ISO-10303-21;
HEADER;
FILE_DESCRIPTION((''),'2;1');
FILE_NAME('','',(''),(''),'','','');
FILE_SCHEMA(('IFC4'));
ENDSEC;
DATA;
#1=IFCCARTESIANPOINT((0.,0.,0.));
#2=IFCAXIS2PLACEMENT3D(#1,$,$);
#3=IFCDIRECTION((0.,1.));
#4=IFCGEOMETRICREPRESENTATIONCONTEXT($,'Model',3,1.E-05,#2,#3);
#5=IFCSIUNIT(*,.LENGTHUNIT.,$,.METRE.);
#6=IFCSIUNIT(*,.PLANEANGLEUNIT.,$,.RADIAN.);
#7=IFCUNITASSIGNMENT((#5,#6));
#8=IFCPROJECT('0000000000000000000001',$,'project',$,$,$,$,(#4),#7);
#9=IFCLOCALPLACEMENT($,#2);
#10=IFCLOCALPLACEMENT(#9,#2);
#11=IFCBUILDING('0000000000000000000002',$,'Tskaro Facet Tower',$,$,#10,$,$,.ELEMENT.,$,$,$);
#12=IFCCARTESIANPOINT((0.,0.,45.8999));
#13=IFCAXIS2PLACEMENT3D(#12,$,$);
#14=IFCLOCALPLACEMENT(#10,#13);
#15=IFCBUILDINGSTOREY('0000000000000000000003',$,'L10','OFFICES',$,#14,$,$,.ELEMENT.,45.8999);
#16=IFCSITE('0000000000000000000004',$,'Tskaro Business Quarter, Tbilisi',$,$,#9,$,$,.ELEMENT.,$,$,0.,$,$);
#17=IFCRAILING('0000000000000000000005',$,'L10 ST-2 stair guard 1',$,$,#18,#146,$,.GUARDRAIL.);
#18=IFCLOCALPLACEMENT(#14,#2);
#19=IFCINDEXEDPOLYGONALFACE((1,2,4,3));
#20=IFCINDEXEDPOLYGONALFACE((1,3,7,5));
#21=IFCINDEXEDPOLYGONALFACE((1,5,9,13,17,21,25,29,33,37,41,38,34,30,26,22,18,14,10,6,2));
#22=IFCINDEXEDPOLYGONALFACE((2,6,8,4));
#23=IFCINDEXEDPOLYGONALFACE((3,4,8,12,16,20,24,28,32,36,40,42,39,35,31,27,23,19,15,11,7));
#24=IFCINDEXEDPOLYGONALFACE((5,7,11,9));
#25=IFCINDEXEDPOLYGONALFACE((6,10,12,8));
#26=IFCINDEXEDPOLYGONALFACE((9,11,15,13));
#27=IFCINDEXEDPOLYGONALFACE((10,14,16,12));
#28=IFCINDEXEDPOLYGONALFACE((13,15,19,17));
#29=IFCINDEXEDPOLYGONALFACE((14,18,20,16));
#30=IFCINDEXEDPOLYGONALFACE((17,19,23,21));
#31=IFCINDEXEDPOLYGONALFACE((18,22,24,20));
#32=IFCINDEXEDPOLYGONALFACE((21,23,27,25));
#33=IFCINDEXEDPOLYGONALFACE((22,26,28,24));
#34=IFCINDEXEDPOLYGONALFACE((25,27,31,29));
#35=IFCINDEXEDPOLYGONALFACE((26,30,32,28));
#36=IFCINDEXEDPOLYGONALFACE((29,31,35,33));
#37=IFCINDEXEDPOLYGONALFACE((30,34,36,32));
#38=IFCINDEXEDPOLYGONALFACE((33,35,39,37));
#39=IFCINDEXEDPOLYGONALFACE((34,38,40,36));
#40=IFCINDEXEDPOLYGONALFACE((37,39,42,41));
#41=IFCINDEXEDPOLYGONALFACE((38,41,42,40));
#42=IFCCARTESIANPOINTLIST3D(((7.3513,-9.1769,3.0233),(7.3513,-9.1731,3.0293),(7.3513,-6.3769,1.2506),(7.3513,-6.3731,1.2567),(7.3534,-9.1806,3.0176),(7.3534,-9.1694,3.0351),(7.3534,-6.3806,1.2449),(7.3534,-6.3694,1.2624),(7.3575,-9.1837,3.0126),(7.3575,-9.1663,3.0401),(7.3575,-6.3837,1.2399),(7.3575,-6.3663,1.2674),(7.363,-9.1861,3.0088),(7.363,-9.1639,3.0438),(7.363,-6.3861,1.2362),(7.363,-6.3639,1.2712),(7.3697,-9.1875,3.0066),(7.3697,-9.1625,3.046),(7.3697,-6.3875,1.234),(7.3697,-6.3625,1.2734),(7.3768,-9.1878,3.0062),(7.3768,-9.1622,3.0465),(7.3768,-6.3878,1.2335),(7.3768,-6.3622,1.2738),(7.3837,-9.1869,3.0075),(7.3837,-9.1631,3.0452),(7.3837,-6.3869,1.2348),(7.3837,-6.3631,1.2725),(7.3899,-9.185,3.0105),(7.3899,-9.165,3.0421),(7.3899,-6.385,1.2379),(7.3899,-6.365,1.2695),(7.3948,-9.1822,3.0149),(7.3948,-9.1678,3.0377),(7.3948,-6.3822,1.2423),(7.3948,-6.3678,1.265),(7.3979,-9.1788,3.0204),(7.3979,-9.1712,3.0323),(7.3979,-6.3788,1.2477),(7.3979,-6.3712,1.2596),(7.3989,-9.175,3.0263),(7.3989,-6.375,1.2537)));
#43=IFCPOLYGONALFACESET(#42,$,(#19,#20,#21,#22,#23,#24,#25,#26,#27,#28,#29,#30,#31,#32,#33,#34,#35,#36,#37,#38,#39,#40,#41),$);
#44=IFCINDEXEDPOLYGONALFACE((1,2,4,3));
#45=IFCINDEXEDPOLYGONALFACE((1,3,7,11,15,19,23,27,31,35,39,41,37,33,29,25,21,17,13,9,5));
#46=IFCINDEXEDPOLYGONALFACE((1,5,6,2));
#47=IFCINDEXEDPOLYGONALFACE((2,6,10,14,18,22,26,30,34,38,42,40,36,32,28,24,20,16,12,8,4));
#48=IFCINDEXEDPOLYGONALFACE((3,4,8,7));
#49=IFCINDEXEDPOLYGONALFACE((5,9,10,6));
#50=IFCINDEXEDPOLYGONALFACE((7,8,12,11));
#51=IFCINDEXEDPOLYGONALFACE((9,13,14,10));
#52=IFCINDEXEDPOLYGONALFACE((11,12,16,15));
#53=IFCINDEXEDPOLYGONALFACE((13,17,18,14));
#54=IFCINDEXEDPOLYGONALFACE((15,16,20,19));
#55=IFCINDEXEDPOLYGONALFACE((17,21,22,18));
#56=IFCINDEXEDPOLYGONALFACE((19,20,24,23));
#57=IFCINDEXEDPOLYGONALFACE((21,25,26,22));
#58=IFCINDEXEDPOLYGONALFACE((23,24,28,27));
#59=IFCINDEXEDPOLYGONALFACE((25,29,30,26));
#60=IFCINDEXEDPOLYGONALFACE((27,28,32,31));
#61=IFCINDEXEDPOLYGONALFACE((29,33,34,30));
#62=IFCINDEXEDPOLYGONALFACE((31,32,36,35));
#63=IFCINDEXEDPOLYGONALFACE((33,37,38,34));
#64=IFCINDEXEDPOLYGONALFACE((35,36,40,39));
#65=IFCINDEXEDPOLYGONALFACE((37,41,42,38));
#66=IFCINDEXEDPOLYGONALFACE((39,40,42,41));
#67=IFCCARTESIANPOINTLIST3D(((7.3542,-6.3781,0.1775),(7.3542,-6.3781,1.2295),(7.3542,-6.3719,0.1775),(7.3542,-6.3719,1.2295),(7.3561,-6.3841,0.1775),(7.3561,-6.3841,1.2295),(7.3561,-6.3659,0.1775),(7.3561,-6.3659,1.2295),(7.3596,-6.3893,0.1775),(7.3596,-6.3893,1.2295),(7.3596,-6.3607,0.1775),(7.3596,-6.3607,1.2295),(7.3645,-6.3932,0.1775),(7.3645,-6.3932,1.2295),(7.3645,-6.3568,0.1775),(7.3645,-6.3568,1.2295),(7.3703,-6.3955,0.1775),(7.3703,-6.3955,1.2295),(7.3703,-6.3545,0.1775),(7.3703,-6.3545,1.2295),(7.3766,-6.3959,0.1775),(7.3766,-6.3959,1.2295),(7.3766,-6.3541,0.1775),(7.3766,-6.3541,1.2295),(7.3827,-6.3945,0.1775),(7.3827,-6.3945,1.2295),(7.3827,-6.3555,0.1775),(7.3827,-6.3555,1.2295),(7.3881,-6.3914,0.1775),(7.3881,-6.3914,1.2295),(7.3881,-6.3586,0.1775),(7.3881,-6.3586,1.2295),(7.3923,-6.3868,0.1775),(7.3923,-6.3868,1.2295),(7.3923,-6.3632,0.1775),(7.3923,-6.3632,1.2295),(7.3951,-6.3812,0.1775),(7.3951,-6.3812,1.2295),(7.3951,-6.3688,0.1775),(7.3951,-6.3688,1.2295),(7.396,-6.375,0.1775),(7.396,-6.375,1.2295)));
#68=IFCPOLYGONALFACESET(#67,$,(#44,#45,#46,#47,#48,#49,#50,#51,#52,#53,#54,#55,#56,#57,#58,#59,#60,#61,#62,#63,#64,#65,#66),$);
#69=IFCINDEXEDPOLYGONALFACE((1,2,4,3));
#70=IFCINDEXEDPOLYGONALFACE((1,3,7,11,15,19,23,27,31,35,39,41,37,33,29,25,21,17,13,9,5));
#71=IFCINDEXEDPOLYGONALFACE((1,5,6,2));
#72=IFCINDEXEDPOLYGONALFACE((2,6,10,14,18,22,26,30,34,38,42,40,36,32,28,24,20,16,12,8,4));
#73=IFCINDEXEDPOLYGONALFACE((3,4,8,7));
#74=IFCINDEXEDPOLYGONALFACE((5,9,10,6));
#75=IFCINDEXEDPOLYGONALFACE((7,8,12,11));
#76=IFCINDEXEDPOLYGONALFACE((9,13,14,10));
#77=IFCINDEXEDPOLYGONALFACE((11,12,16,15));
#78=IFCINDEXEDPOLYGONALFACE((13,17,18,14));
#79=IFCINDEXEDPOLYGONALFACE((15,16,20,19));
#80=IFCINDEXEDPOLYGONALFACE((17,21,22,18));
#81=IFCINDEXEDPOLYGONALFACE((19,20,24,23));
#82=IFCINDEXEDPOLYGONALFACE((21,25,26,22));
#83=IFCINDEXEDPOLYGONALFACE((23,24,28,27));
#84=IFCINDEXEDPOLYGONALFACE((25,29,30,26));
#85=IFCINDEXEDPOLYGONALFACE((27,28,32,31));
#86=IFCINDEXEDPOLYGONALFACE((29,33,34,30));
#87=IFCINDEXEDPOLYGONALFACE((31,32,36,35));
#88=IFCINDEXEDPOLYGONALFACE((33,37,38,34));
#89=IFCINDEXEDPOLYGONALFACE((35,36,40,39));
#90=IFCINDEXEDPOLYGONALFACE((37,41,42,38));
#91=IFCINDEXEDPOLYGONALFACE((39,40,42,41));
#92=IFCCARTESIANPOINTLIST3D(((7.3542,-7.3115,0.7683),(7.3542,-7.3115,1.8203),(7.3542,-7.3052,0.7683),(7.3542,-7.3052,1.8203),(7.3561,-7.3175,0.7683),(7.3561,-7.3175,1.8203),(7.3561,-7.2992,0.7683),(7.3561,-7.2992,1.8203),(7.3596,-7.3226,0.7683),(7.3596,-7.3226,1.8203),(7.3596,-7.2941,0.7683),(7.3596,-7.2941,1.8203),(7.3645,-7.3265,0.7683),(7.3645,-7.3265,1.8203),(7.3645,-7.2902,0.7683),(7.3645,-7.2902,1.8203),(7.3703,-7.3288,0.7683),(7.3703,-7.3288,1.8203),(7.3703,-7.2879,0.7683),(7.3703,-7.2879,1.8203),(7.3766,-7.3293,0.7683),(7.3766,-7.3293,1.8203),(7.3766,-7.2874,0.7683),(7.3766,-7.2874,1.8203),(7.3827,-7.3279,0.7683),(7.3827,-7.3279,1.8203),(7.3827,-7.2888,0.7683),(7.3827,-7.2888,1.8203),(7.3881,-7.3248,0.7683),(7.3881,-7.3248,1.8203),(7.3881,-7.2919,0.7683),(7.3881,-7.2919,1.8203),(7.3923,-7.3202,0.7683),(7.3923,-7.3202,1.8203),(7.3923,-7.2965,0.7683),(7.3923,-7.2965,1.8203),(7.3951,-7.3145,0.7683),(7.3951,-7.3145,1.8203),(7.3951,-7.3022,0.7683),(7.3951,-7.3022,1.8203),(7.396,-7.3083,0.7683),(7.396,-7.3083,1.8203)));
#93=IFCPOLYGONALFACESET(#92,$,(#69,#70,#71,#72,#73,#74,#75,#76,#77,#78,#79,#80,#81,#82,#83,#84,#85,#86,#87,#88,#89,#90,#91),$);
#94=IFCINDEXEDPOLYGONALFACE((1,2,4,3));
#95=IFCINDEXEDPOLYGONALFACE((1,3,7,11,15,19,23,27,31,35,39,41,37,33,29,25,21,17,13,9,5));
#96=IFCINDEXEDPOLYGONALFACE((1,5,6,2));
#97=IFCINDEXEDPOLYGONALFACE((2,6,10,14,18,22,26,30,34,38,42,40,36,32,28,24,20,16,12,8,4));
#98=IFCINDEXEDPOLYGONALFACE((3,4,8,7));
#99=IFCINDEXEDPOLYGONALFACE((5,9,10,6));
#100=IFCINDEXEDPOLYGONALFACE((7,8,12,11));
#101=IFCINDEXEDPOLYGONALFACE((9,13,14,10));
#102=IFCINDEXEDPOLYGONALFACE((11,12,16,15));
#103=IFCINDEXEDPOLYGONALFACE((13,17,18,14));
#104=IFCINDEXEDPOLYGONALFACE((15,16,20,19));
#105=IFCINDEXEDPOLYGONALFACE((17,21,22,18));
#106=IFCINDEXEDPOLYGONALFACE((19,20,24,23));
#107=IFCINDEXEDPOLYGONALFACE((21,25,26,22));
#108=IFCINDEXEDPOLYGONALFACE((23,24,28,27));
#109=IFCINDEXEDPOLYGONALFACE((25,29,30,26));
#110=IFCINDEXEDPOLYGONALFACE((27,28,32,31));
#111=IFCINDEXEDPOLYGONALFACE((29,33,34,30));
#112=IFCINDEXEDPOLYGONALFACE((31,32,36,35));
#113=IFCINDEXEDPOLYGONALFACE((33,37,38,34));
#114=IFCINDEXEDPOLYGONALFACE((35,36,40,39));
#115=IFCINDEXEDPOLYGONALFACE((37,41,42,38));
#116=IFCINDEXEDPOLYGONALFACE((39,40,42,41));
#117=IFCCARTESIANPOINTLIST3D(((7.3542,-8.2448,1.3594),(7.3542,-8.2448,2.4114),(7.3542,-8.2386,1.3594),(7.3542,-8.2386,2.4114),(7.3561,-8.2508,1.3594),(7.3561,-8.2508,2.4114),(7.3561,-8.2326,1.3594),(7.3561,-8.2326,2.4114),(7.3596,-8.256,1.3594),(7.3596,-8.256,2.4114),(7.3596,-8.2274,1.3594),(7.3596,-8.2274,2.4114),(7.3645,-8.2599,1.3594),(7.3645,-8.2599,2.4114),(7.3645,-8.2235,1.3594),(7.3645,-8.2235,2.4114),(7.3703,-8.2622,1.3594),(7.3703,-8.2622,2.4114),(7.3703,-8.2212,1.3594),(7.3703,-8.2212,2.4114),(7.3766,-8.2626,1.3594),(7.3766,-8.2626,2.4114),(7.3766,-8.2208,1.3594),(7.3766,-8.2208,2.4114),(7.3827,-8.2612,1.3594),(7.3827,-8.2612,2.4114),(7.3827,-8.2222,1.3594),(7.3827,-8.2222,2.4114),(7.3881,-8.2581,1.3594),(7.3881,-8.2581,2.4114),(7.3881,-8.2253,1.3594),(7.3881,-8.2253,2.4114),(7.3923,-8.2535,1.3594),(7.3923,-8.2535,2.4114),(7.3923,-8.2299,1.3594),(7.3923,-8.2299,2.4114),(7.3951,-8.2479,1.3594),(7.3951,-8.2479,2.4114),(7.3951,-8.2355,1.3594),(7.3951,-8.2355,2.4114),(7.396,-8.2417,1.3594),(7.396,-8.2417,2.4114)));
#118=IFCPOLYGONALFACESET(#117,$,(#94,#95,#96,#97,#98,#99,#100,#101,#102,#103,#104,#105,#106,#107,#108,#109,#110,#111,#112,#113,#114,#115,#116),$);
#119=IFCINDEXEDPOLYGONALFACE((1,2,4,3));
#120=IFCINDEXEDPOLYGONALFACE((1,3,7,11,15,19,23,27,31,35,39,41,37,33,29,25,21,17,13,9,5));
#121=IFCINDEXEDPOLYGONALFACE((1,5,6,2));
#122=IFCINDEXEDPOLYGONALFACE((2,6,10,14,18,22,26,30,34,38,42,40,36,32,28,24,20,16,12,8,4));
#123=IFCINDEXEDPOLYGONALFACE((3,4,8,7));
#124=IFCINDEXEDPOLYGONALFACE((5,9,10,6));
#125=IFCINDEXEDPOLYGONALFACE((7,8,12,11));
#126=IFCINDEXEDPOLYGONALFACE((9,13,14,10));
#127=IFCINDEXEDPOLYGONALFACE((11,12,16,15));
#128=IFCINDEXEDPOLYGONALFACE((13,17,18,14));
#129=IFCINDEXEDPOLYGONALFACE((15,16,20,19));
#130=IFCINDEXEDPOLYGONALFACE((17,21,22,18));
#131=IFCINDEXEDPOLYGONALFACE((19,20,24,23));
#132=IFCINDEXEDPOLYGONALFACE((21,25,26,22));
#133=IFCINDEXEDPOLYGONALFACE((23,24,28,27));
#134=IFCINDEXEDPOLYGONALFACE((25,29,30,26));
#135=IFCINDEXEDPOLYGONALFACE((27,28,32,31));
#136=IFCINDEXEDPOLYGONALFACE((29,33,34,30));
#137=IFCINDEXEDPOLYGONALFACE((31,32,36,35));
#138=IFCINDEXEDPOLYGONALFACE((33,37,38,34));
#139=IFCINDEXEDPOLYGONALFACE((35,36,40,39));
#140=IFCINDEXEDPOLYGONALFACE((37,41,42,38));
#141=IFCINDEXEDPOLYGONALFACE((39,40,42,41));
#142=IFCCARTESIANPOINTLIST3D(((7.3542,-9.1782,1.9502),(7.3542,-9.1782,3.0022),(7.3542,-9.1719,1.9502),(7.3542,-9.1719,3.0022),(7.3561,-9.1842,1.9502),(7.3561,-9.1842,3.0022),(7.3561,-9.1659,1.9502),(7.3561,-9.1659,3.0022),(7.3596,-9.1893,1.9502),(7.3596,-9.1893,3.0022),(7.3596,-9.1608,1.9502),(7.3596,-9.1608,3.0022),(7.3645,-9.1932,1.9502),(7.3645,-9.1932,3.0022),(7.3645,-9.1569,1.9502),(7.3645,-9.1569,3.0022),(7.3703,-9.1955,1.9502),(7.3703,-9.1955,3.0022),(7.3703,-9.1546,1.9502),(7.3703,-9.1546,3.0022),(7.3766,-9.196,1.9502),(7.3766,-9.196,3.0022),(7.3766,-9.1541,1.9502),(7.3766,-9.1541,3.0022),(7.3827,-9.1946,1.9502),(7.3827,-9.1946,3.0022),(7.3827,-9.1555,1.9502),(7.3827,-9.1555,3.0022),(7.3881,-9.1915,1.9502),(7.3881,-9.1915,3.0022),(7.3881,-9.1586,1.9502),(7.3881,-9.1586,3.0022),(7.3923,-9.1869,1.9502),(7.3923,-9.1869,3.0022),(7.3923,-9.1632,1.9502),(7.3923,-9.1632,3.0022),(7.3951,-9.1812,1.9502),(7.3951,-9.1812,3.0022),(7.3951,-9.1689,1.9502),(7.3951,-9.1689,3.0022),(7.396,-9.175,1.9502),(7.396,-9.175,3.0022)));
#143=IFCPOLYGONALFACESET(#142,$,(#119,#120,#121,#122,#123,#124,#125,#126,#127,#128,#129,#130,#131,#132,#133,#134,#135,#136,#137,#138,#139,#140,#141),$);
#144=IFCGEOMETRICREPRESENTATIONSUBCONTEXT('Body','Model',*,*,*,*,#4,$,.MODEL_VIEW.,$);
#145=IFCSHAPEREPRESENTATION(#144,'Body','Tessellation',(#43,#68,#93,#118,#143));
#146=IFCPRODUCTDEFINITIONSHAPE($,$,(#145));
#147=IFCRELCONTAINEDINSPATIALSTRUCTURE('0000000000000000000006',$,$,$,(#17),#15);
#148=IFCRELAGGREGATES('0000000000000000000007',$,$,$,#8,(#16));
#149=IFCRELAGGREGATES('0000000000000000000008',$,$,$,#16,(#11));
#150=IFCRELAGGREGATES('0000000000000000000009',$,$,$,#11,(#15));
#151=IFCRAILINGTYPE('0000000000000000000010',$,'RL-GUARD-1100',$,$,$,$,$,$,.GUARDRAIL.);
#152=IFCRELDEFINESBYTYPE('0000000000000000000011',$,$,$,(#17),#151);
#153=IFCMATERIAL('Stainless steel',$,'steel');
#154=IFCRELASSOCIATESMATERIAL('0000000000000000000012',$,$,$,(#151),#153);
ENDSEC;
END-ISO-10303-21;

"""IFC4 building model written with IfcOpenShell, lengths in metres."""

from ifc_helpers import new_model, si_unit, direction, frame, origin, origin_2d, place, context, subcontext, project, spatial, circle, extrude, material, type_object, element, save


model = new_model("IFC4")

# Units and contexts
model_context = context("Model", 3, precision=1e-05, world=origin(), true_north=direction((0.0, 1.0)))
body_context = subcontext(model_context, "Body", "Model", "MODEL_VIEW")
ifc_project = project(units=[si_unit("LENGTHUNIT", "METRE"), si_unit("PLANEANGLEUNIT", "RADIAN")], contexts=[model_context])

# Site, building, storey
site_placement = place(None, origin())
site = spatial("IfcSite", under=ifc_project, at=site_placement, Name="Tskaro Business Quarter, Tbilisi", CompositionType="ELEMENT", RefElevation=0.0)
building_placement = place(site_placement, origin())
building = spatial("IfcBuilding", under=site, at=building_placement, Name="Tskaro Facet Tower", CompositionType="ELEMENT")
storey_placement = place(building_placement, frame((0.0, 0.0, 45.8999)))
storey = spatial("IfcBuildingStorey", under=building, at=storey_placement, Name="L10", Description="OFFICES", CompositionType="ELEMENT", Elevation=45.8999)

# Railing
ifc_material_1 = material(Name="Stainless steel", Category="steel")
railing_type_1 = type_object("IfcRailingType", Name="RL-GUARD-1100", PredefinedType="GUARDRAIL", material=ifc_material_1)
railing_1_placement = place(storey_placement, frame((7.375, -6.375, 0.1775)))
element("IfcRailing", 1, at=railing_1_placement, inside=storey, type_object=railing_type_1, Name="L10 ST-2 stair guard 1", PredefinedType="GUARDRAIL", context=body_context, shape_type="SweptSolid", body=[
    extrude(circle(Radius=0.0239, at=origin_2d()), frame((0.0, 0.0, 1.0762), z_axis=(0.0, -0.844909, 0.53491), x_axis=(1.0, 0.0, 0.0)), (0.0, 0.0, 1.0), 3.314),
    extrude(circle(Radius=0.021, at=origin_2d()), origin(), (0.0, 0.0, 1.0), 1.052),
    extrude(circle(Radius=0.021, at=origin_2d()), frame((0.0, -0.9333, 0.5908)), (0.0, 0.0, 1.0), 1.052),
    extrude(circle(Radius=0.021, at=origin_2d()), frame((0.0, -1.8667, 1.1819)), (0.0, 0.0, 1.0), 1.052),
    extrude(circle(Radius=0.021, at=origin_2d()), frame((0.0, -2.8, 1.7727)), (0.0, 0.0, 1.0), 1.052),
])

save(model, "model.ifc")
